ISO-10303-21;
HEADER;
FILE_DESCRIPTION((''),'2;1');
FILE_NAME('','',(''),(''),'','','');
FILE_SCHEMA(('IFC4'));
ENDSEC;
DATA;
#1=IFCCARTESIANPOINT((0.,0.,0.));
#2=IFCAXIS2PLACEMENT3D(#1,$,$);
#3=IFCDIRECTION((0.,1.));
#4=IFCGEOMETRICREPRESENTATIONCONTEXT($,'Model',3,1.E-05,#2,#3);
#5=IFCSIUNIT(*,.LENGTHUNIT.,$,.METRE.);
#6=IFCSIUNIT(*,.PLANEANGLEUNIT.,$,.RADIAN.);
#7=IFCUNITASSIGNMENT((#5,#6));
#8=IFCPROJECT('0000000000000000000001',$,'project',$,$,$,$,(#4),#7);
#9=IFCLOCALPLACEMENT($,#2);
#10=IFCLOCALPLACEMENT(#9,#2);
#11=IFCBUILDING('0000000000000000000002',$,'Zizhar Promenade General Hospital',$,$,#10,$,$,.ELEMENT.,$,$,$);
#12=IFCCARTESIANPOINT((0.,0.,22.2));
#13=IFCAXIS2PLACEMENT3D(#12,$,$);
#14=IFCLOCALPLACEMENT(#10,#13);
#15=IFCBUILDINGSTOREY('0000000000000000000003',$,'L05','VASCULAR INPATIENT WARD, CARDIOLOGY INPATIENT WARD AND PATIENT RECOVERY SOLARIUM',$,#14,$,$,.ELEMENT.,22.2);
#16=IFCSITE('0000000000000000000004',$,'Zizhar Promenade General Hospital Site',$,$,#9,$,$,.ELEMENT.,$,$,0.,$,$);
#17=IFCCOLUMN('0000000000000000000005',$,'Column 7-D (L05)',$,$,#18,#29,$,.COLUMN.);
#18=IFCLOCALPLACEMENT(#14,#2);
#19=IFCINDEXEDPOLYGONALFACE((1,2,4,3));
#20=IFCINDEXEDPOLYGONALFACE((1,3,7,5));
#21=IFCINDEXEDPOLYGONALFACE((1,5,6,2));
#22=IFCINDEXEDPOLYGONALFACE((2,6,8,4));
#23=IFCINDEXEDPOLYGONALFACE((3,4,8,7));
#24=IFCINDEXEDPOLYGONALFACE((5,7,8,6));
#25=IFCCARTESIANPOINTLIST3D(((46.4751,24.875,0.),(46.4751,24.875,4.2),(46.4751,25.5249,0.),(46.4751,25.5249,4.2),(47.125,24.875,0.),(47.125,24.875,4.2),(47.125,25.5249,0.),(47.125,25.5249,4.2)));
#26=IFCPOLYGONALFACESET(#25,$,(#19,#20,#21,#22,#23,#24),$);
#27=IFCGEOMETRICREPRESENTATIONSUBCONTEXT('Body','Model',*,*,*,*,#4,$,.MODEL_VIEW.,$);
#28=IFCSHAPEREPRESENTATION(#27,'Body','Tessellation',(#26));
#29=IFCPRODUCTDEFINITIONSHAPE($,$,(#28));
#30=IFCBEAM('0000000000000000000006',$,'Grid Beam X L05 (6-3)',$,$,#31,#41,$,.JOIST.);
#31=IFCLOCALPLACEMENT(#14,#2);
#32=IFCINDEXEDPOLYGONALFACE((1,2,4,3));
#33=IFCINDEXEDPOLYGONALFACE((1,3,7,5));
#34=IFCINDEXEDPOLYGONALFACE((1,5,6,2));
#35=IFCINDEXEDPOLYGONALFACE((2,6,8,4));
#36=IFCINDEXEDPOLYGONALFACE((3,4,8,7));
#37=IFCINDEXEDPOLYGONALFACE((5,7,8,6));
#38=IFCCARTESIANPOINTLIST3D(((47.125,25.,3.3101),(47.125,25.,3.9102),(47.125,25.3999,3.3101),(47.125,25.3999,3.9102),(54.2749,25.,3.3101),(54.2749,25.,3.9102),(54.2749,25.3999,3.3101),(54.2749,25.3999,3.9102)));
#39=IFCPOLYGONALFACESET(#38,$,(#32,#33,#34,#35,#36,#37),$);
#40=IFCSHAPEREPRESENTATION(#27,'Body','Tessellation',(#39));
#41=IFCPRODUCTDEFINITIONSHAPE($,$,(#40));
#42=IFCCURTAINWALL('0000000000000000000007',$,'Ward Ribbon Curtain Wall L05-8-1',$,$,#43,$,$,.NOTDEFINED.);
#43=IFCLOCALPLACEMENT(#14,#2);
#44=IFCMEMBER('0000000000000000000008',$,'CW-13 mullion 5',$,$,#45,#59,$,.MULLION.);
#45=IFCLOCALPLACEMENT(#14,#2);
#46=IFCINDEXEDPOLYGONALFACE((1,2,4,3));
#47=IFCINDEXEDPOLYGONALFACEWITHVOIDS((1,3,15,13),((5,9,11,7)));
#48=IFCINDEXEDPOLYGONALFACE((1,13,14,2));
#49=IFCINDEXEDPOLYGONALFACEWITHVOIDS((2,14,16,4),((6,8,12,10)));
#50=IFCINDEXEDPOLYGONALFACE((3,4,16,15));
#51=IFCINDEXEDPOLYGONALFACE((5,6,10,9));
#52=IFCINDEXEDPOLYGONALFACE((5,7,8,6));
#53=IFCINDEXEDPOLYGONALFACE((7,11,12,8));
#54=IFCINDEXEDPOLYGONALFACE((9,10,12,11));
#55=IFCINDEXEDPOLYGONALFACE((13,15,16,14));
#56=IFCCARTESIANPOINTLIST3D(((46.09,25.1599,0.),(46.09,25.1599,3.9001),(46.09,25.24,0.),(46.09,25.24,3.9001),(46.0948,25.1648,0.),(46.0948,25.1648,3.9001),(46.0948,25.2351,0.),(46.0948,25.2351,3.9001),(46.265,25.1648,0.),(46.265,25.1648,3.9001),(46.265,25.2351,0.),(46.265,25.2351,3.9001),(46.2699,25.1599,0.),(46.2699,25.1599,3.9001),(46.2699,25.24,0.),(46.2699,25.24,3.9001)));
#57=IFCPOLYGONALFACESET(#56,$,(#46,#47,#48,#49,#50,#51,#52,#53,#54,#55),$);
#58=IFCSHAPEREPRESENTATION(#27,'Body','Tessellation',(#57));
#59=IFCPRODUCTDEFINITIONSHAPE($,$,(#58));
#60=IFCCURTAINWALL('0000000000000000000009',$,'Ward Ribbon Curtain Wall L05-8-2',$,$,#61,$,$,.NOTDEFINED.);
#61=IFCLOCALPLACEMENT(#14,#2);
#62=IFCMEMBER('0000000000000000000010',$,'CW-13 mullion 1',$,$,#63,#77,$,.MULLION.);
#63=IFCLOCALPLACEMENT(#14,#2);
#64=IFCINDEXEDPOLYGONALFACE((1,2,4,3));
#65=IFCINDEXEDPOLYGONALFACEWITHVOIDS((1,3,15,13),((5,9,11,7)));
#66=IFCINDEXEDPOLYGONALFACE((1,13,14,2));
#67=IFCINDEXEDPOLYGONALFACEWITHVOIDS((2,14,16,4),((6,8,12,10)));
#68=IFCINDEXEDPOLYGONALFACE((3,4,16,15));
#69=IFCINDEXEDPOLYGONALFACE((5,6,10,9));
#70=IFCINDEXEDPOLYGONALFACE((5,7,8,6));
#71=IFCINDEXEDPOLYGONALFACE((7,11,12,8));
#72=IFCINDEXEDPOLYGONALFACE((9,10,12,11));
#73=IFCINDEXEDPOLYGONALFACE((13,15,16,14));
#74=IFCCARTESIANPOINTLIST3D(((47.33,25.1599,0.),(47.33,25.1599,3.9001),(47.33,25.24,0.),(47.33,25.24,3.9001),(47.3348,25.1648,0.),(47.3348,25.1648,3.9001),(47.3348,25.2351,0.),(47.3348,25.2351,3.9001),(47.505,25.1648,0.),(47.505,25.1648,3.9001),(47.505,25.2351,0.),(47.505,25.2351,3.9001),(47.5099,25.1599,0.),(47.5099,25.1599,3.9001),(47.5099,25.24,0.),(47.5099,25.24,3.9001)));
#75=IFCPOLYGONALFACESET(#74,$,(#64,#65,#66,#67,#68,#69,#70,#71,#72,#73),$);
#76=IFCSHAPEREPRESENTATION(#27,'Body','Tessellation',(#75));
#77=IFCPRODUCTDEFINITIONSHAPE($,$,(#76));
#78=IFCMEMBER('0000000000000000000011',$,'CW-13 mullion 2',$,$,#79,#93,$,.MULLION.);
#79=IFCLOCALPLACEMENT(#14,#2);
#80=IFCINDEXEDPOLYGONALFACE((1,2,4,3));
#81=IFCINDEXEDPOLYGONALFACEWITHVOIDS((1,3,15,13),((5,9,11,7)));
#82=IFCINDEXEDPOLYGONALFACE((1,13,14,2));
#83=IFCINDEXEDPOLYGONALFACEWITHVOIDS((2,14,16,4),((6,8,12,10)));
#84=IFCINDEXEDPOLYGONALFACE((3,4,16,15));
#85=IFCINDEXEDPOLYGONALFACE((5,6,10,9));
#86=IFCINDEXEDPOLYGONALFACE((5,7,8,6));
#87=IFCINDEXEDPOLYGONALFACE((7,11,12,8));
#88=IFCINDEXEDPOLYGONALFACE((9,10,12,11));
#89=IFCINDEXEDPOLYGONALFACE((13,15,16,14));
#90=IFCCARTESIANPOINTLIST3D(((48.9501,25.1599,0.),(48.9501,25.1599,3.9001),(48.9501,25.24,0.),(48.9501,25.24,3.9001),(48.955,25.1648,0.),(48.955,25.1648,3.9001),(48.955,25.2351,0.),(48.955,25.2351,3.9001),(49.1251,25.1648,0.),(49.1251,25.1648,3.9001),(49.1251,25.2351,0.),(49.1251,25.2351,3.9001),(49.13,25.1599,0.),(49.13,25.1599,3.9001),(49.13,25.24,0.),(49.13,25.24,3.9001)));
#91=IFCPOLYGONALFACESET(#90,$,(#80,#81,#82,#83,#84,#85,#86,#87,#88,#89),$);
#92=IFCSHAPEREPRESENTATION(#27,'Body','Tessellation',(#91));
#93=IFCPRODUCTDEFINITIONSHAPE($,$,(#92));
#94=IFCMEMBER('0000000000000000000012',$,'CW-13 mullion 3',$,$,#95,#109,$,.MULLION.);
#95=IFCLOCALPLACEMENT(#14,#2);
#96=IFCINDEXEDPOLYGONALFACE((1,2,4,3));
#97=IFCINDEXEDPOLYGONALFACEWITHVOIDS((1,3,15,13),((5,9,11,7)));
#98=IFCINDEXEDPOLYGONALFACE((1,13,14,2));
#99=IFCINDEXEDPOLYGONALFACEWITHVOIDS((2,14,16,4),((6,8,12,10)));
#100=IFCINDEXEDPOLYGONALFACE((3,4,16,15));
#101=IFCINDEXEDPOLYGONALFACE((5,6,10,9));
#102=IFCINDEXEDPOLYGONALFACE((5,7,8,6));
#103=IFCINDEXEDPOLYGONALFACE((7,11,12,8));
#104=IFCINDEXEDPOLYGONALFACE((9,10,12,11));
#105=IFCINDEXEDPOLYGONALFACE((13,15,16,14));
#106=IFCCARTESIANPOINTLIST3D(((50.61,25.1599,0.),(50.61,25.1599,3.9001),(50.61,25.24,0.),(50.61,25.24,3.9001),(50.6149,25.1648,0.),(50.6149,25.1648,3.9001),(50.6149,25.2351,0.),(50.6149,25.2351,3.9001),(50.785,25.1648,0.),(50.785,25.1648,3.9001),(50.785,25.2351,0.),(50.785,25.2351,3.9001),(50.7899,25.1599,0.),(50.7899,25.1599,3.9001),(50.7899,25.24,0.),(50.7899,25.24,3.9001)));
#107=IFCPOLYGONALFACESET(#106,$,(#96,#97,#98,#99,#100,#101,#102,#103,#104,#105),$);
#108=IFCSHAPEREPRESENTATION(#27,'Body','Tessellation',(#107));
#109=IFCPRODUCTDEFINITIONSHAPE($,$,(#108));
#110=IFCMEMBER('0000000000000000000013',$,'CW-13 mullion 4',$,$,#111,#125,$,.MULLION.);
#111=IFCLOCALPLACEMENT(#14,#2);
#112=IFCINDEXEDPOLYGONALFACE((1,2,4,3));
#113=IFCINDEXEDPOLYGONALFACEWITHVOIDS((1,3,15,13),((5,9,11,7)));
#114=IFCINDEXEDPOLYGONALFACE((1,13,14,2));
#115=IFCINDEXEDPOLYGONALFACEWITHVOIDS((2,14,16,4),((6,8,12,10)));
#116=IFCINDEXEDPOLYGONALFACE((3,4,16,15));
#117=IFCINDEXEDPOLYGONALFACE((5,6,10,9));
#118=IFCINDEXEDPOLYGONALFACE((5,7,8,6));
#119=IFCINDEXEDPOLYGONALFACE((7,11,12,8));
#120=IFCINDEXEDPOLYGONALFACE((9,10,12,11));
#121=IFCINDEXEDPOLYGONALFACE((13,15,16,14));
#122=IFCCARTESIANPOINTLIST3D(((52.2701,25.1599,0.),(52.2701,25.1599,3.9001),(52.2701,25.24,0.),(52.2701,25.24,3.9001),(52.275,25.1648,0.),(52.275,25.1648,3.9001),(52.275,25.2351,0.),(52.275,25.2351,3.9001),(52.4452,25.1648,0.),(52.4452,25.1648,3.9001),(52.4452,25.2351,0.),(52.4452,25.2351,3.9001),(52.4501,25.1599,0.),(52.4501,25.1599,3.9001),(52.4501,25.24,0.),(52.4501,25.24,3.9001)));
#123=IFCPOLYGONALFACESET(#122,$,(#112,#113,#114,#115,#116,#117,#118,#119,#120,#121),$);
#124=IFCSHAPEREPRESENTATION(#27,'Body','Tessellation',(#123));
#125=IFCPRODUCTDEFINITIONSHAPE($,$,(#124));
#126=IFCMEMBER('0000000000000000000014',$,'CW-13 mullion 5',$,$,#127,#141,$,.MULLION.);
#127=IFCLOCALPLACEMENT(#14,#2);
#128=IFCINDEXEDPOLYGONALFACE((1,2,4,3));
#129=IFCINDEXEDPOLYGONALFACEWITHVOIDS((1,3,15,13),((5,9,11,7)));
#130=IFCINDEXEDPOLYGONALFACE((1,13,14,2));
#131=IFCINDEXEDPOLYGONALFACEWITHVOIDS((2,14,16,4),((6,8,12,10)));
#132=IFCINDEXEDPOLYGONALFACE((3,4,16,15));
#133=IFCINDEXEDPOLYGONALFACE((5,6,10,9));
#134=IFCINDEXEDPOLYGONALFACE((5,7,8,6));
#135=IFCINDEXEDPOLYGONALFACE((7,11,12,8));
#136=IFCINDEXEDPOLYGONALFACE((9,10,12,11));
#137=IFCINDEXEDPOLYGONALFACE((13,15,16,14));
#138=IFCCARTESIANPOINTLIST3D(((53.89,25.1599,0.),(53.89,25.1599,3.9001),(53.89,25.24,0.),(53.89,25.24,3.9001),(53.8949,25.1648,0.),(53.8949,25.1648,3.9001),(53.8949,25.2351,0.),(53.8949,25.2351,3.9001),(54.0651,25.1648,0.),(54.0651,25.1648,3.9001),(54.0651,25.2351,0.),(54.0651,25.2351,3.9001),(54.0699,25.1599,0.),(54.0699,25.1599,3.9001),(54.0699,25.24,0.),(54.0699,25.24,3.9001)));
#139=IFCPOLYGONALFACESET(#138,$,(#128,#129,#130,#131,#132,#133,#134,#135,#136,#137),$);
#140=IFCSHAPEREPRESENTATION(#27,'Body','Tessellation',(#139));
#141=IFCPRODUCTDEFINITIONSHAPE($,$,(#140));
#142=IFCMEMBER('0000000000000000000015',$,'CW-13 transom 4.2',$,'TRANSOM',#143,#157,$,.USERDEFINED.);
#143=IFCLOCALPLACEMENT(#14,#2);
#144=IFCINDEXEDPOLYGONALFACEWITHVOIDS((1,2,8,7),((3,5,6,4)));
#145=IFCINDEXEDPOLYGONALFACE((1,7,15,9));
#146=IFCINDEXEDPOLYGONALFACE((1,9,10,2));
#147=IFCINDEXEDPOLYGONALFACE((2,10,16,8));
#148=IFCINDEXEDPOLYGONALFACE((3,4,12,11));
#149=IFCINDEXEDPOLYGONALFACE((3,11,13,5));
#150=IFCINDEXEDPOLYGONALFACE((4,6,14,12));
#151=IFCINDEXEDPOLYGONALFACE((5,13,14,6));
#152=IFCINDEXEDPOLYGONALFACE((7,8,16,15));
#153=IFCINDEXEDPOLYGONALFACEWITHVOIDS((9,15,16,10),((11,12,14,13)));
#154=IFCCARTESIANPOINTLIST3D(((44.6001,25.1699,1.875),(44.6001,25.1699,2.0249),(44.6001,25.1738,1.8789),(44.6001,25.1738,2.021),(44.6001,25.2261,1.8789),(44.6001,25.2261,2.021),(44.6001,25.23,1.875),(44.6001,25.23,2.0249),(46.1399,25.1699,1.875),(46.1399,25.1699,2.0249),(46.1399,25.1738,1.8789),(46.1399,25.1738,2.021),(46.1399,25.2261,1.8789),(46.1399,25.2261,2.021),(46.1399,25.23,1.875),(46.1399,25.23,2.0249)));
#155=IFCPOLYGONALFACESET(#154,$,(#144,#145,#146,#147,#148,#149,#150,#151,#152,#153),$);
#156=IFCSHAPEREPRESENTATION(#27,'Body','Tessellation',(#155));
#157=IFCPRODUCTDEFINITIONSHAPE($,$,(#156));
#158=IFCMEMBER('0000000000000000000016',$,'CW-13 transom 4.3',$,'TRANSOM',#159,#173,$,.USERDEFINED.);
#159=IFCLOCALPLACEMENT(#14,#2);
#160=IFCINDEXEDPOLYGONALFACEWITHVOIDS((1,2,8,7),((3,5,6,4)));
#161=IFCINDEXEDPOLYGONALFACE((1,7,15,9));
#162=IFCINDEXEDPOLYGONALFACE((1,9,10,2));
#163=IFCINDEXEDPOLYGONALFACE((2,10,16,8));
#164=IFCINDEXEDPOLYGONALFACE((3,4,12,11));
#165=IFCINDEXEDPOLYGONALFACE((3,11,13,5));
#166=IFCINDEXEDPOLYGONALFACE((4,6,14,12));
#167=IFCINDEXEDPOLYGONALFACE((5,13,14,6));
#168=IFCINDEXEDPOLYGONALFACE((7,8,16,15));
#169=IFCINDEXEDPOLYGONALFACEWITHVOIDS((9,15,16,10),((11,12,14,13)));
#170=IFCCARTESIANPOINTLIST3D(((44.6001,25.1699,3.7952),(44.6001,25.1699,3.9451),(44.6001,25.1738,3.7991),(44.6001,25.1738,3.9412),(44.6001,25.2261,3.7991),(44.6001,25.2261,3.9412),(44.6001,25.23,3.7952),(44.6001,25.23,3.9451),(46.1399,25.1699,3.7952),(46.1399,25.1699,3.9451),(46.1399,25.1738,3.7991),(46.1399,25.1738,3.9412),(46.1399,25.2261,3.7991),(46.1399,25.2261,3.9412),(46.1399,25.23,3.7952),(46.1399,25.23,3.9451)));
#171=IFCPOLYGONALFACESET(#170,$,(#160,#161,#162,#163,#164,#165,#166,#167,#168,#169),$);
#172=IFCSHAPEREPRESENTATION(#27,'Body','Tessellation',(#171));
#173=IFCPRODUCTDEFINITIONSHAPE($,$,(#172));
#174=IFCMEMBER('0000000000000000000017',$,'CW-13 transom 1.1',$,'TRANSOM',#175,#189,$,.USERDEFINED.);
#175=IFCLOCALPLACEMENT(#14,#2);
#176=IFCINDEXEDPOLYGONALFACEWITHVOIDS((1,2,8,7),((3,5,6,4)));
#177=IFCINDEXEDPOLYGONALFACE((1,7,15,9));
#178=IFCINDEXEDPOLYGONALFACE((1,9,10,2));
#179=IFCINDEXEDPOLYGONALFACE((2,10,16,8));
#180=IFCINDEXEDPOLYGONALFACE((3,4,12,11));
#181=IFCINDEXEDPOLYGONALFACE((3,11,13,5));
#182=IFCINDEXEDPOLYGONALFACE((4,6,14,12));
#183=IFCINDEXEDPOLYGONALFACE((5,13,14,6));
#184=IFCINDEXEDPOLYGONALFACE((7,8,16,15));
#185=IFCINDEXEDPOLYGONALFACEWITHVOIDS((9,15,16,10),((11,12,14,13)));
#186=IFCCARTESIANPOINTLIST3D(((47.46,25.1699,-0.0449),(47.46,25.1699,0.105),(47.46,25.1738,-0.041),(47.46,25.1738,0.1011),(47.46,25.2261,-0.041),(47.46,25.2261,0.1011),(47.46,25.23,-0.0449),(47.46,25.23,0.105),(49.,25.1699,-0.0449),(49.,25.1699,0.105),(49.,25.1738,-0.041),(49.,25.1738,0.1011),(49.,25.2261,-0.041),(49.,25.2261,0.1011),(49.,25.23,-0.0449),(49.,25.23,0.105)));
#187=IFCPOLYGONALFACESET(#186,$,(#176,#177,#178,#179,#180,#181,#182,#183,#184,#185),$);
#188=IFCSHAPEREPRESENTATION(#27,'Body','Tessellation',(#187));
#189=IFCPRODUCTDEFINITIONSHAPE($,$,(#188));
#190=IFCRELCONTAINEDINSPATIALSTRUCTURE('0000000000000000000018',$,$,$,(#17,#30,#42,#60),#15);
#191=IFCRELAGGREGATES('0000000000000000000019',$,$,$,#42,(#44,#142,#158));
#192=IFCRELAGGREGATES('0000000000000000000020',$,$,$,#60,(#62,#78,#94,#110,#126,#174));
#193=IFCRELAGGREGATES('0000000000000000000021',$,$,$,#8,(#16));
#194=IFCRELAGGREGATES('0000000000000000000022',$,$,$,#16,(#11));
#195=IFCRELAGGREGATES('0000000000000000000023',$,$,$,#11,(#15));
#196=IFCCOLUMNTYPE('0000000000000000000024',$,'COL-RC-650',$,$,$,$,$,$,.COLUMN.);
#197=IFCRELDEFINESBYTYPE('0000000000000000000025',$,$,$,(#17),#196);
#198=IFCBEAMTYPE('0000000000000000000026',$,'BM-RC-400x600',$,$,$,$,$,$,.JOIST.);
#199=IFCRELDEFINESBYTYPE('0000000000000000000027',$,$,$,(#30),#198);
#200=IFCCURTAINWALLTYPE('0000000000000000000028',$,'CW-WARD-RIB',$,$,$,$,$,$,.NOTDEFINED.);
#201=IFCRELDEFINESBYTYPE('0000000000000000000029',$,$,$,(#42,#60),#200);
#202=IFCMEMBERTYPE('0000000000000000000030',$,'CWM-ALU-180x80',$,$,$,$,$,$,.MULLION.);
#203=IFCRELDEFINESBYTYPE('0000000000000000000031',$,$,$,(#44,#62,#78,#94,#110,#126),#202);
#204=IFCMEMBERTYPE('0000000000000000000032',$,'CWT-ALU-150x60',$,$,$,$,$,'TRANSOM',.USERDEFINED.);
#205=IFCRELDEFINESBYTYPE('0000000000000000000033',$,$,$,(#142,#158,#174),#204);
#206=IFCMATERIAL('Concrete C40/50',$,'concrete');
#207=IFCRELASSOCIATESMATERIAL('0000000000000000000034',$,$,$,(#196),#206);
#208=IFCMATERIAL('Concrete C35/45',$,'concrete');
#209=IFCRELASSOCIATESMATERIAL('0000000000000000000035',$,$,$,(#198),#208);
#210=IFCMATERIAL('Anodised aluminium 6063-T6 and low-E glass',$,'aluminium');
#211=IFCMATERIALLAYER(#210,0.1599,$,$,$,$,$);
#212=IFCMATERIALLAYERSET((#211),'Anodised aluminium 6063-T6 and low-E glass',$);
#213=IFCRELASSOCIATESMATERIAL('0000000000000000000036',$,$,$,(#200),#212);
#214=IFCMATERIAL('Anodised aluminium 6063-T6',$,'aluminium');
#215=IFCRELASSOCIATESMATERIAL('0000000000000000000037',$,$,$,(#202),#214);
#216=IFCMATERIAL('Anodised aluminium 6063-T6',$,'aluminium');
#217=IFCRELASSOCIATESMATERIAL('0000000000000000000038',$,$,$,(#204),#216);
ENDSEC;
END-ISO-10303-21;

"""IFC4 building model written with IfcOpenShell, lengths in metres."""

from ifc_helpers import new_model, si_unit, direction, frame, origin, origin_2d, place, context, subcontext, project, spatial, rectangle, hollow_rectangle, extrude, material, layer, layer_set, material_profile, profile_set, type_object, element, aggregate, save


model = new_model("IFC4")

# Units and contexts
model_context = context("Model", 3, precision=1e-05, world=origin(), true_north=direction((0.0, 1.0)))
body_context = subcontext(model_context, "Body", "Model", "MODEL_VIEW")
ifc_project = project(units=[si_unit("LENGTHUNIT", "METRE"), si_unit("PLANEANGLEUNIT", "RADIAN")], contexts=[model_context])

# Site, building, storey
site_placement = place(None, origin())
site = spatial("IfcSite", under=ifc_project, at=site_placement, Name="Zizhar Promenade General Hospital Site", CompositionType="ELEMENT", RefElevation=0.0)
building_placement = place(site_placement, origin())
building = spatial("IfcBuilding", under=site, at=building_placement, Name="Zizhar Promenade General Hospital", CompositionType="ELEMENT")
storey_placement = place(building_placement, frame((0.0, 0.0, 22.2)))
storey = spatial("IfcBuildingStorey", under=building, at=storey_placement, Name="L05", Description="VASCULAR INPATIENT WARD, CARDIOLOGY INPATIENT WARD AND PATIENT RECOVERY SOLARIUM", CompositionType="ELEMENT", Elevation=22.2)

# Column
ifc_material_1 = material(Name="Concrete C40/50", Category="concrete")
ifc_material_profile_1 = material_profile(ifc_material_1, rectangle(XDim=0.6499, YDim=0.6499, at=origin_2d()))
ifc_profile_set_1 = profile_set([ifc_material_profile_1], Name="Concrete C40/50")
column_type = type_object("IfcColumnType", Name="COL-RC-650", PredefinedType="COLUMN", material=ifc_profile_set_1)
column_placement = place(storey_placement, frame((46.8, 25.2, 0.0), z_axis=(0.0, 0.0, 1.0), x_axis=(1.0, 0.0, 0.0)))
element("IfcColumn", 1, at=column_placement, inside=storey, type_object=column_type, Name="Column 7-D (L05)", PredefinedType="COLUMN", context=body_context, shape_type="SweptSolid", body=[
    extrude(rectangle(XDim=0.6499, YDim=0.6499, at=origin_2d()), origin(), (0.0, 0.0, 1.0), 4.2),
])

# Beam
ifc_material_2 = material(Name="Concrete C35/45", Category="concrete")
ifc_material_profile_2 = material_profile(ifc_material_2, rectangle(XDim=0.3999, YDim=0.6001, at=origin_2d()))
ifc_profile_set_2 = profile_set([ifc_material_profile_2], Name="Concrete C35/45")
beam_type = type_object("IfcBeamType", Name="BM-RC-400x600", PredefinedType="JOIST", material=ifc_profile_set_2)
beam_placement = place(storey_placement, frame((47.125, 25.2, 3.6101), z_axis=(1.0, 0.0, 0.0), x_axis=(0.0, 1.0, 0.0)))
element("IfcBeam", 2, at=beam_placement, inside=storey, type_object=beam_type, Name="Grid Beam X L05 (6-3)", PredefinedType="JOIST", context=body_context, shape_type="SweptSolid", body=[
    extrude(rectangle(XDim=0.3999, YDim=0.6001, at=origin_2d()), origin(), (0.0, 0.0, 1.0), 7.1499),
])

# Curtain wall, member
ifc_material_3 = material(Name="Anodised aluminium 6063-T6 and low-E glass", Category="aluminium")
ifc_layer_1 = layer(ifc_material_3, 0.1599)
ifc_layer_set_1 = layer_set([ifc_layer_1], Name="Anodised aluminium 6063-T6 and low-E glass")
curtain_wall_type = type_object("IfcCurtainWallType", Name="CW-WARD-RIB", PredefinedType="NOTDEFINED", material=ifc_layer_set_1)
curtain_wall_1_placement = place(storey_placement, origin())
curtain_wall_1 = element("IfcCurtainWall", 3, at=curtain_wall_1_placement, inside=storey, type_object=curtain_wall_type, Name="Ward Ribbon Curtain Wall L05-8-1", PredefinedType="NOTDEFINED")
ifc_material_4 = material(Name="Anodised aluminium 6063-T6", Category="aluminium")
ifc_material_profile_3 = material_profile(ifc_material_4, hollow_rectangle(XDim=0.0801, YDim=0.1799, WallThickness=0.0049, at=origin_2d()))
ifc_profile_set_3 = profile_set([ifc_material_profile_3], Name="Anodised aluminium 6063-T6")
member_type_1 = type_object("IfcMemberType", Name="CWM-ALU-180x80", PredefinedType="MULLION", material=ifc_profile_set_3)
member_1_placement = place(storey_placement, frame((46.1799, 25.2, 0.0), z_axis=(0.0, 0.0, 1.0), x_axis=(0.0, 1.0, 0.0)))
member_1 = element("IfcMember", 4, at=member_1_placement, type_object=member_type_1, Name="CW-13 mullion 5", PredefinedType="MULLION", context=body_context, shape_type="SweptSolid", body=[
    extrude(hollow_rectangle(XDim=0.0801, YDim=0.1799, WallThickness=0.0049, at=origin_2d()), origin(), (0.0, 0.0, 1.0), 3.9001),
])

# Curtain wall, members
curtain_wall_2_placement = place(storey_placement, origin())
curtain_wall_2 = element("IfcCurtainWall", 5, at=curtain_wall_2_placement, inside=storey, type_object=curtain_wall_type, Name="Ward Ribbon Curtain Wall L05-8-2", PredefinedType="NOTDEFINED")
member_2_placement = place(storey_placement, frame((47.4199, 25.2, 0.0), z_axis=(0.0, 0.0, 1.0), x_axis=(0.0, 1.0, 0.0)))
member_2 = element("IfcMember", 6, at=member_2_placement, type_object=member_type_1, Name="CW-13 mullion 1", PredefinedType="MULLION", context=body_context, shape_type="SweptSolid", body=[
    extrude(hollow_rectangle(XDim=0.0801, YDim=0.1799, WallThickness=0.0049, at=origin_2d()), origin(), (0.0, 0.0, 1.0), 3.9001),
])
member_3_placement = place(storey_placement, frame((49.04, 25.2, 0.0), z_axis=(0.0, 0.0, 1.0), x_axis=(0.0, 1.0, 0.0)))
member_3 = element("IfcMember", 7, at=member_3_placement, type_object=member_type_1, Name="CW-13 mullion 2", PredefinedType="MULLION", context=body_context, shape_type="SweptSolid", body=[
    extrude(hollow_rectangle(XDim=0.0801, YDim=0.1799, WallThickness=0.0049, at=origin_2d()), origin(), (0.0, 0.0, 1.0), 3.9001),
])
member_4_placement = place(storey_placement, frame((50.7, 25.2, 0.0), z_axis=(0.0, 0.0, 1.0), x_axis=(0.0, 1.0, 0.0)))
member_4 = element("IfcMember", 8, at=member_4_placement, type_object=member_type_1, Name="CW-13 mullion 3", PredefinedType="MULLION", context=body_context, shape_type="SweptSolid", body=[
    extrude(hollow_rectangle(XDim=0.0801, YDim=0.1799, WallThickness=0.0049, at=origin_2d()), origin(), (0.0, 0.0, 1.0), 3.9001),
])
member_5_placement = place(storey_placement, frame((52.3601, 25.2, 0.0), z_axis=(0.0, 0.0, 1.0), x_axis=(0.0, 1.0, 0.0)))
member_5 = element("IfcMember", 9, at=member_5_placement, type_object=member_type_1, Name="CW-13 mullion 4", PredefinedType="MULLION", context=body_context, shape_type="SweptSolid", body=[
    extrude(hollow_rectangle(XDim=0.0801, YDim=0.1799, WallThickness=0.0049, at=origin_2d()), origin(), (0.0, 0.0, 1.0), 3.9001),
])
member_6_placement = place(storey_placement, frame((53.98, 25.2, 0.0), z_axis=(0.0, 0.0, 1.0), x_axis=(0.0, 1.0, 0.0)))
member_6 = element("IfcMember", 10, at=member_6_placement, type_object=member_type_1, Name="CW-13 mullion 5", PredefinedType="MULLION", context=body_context, shape_type="SweptSolid", body=[
    extrude(hollow_rectangle(XDim=0.0801, YDim=0.1799, WallThickness=0.0049, at=origin_2d()), origin(), (0.0, 0.0, 1.0), 3.9001),
])

# Members
ifc_material_5 = material(Name="Anodised aluminium 6063-T6", Category="aluminium")
ifc_material_profile_4 = material_profile(ifc_material_5, hollow_rectangle(XDim=0.0601, YDim=0.1499, WallThickness=0.0039, at=origin_2d()))
ifc_profile_set_4 = profile_set([ifc_material_profile_4], Name="Anodised aluminium 6063-T6")
member_type_2 = type_object("IfcMemberType", Name="CWT-ALU-150x60", ElementType="TRANSOM", PredefinedType="USERDEFINED", material=ifc_profile_set_4)
member_7_placement = place(storey_placement, frame((44.6001, 25.2, 1.95), z_axis=(1.0, 0.0, 0.0), x_axis=(0.0, 1.0, 0.0)))
member_7 = element("IfcMember", 11, at=member_7_placement, type_object=member_type_2, Name="CW-13 transom 4.2", ObjectType="TRANSOM", PredefinedType="USERDEFINED", context=body_context, shape_type="SweptSolid", body=[
    extrude(hollow_rectangle(XDim=0.0601, YDim=0.1499, WallThickness=0.0039, at=origin_2d()), origin(), (0.0, 0.0, 1.0), 1.5398),
])
member_8_placement = place(storey_placement, frame((44.6001, 25.2, 3.8701), z_axis=(1.0, 0.0, 0.0), x_axis=(0.0, 1.0, 0.0)))
member_8 = element("IfcMember", 12, at=member_8_placement, type_object=member_type_2, Name="CW-13 transom 4.3", ObjectType="TRANSOM", PredefinedType="USERDEFINED", context=body_context, shape_type="SweptSolid", body=[
    extrude(hollow_rectangle(XDim=0.0601, YDim=0.1499, WallThickness=0.0039, at=origin_2d()), origin(), (0.0, 0.0, 1.0), 1.5398),
])
member_9_placement = place(storey_placement, frame((47.46, 25.2, 0.03), z_axis=(1.0, 0.0, 0.0), x_axis=(0.0, 1.0, 0.0)))
member_9 = element("IfcMember", 13, at=member_9_placement, type_object=member_type_2, Name="CW-13 transom 1.1", ObjectType="TRANSOM", PredefinedType="USERDEFINED", context=body_context, shape_type="SweptSolid", body=[
    extrude(hollow_rectangle(XDim=0.0601, YDim=0.1499, WallThickness=0.0039, at=origin_2d()), origin(), (0.0, 0.0, 1.0), 1.54),
])

aggregate(curtain_wall_1, [member_1, member_7, member_8])
aggregate(curtain_wall_2, [member_2, member_3, member_4, member_5, member_6, member_9])

save(model, "model.ifc")
